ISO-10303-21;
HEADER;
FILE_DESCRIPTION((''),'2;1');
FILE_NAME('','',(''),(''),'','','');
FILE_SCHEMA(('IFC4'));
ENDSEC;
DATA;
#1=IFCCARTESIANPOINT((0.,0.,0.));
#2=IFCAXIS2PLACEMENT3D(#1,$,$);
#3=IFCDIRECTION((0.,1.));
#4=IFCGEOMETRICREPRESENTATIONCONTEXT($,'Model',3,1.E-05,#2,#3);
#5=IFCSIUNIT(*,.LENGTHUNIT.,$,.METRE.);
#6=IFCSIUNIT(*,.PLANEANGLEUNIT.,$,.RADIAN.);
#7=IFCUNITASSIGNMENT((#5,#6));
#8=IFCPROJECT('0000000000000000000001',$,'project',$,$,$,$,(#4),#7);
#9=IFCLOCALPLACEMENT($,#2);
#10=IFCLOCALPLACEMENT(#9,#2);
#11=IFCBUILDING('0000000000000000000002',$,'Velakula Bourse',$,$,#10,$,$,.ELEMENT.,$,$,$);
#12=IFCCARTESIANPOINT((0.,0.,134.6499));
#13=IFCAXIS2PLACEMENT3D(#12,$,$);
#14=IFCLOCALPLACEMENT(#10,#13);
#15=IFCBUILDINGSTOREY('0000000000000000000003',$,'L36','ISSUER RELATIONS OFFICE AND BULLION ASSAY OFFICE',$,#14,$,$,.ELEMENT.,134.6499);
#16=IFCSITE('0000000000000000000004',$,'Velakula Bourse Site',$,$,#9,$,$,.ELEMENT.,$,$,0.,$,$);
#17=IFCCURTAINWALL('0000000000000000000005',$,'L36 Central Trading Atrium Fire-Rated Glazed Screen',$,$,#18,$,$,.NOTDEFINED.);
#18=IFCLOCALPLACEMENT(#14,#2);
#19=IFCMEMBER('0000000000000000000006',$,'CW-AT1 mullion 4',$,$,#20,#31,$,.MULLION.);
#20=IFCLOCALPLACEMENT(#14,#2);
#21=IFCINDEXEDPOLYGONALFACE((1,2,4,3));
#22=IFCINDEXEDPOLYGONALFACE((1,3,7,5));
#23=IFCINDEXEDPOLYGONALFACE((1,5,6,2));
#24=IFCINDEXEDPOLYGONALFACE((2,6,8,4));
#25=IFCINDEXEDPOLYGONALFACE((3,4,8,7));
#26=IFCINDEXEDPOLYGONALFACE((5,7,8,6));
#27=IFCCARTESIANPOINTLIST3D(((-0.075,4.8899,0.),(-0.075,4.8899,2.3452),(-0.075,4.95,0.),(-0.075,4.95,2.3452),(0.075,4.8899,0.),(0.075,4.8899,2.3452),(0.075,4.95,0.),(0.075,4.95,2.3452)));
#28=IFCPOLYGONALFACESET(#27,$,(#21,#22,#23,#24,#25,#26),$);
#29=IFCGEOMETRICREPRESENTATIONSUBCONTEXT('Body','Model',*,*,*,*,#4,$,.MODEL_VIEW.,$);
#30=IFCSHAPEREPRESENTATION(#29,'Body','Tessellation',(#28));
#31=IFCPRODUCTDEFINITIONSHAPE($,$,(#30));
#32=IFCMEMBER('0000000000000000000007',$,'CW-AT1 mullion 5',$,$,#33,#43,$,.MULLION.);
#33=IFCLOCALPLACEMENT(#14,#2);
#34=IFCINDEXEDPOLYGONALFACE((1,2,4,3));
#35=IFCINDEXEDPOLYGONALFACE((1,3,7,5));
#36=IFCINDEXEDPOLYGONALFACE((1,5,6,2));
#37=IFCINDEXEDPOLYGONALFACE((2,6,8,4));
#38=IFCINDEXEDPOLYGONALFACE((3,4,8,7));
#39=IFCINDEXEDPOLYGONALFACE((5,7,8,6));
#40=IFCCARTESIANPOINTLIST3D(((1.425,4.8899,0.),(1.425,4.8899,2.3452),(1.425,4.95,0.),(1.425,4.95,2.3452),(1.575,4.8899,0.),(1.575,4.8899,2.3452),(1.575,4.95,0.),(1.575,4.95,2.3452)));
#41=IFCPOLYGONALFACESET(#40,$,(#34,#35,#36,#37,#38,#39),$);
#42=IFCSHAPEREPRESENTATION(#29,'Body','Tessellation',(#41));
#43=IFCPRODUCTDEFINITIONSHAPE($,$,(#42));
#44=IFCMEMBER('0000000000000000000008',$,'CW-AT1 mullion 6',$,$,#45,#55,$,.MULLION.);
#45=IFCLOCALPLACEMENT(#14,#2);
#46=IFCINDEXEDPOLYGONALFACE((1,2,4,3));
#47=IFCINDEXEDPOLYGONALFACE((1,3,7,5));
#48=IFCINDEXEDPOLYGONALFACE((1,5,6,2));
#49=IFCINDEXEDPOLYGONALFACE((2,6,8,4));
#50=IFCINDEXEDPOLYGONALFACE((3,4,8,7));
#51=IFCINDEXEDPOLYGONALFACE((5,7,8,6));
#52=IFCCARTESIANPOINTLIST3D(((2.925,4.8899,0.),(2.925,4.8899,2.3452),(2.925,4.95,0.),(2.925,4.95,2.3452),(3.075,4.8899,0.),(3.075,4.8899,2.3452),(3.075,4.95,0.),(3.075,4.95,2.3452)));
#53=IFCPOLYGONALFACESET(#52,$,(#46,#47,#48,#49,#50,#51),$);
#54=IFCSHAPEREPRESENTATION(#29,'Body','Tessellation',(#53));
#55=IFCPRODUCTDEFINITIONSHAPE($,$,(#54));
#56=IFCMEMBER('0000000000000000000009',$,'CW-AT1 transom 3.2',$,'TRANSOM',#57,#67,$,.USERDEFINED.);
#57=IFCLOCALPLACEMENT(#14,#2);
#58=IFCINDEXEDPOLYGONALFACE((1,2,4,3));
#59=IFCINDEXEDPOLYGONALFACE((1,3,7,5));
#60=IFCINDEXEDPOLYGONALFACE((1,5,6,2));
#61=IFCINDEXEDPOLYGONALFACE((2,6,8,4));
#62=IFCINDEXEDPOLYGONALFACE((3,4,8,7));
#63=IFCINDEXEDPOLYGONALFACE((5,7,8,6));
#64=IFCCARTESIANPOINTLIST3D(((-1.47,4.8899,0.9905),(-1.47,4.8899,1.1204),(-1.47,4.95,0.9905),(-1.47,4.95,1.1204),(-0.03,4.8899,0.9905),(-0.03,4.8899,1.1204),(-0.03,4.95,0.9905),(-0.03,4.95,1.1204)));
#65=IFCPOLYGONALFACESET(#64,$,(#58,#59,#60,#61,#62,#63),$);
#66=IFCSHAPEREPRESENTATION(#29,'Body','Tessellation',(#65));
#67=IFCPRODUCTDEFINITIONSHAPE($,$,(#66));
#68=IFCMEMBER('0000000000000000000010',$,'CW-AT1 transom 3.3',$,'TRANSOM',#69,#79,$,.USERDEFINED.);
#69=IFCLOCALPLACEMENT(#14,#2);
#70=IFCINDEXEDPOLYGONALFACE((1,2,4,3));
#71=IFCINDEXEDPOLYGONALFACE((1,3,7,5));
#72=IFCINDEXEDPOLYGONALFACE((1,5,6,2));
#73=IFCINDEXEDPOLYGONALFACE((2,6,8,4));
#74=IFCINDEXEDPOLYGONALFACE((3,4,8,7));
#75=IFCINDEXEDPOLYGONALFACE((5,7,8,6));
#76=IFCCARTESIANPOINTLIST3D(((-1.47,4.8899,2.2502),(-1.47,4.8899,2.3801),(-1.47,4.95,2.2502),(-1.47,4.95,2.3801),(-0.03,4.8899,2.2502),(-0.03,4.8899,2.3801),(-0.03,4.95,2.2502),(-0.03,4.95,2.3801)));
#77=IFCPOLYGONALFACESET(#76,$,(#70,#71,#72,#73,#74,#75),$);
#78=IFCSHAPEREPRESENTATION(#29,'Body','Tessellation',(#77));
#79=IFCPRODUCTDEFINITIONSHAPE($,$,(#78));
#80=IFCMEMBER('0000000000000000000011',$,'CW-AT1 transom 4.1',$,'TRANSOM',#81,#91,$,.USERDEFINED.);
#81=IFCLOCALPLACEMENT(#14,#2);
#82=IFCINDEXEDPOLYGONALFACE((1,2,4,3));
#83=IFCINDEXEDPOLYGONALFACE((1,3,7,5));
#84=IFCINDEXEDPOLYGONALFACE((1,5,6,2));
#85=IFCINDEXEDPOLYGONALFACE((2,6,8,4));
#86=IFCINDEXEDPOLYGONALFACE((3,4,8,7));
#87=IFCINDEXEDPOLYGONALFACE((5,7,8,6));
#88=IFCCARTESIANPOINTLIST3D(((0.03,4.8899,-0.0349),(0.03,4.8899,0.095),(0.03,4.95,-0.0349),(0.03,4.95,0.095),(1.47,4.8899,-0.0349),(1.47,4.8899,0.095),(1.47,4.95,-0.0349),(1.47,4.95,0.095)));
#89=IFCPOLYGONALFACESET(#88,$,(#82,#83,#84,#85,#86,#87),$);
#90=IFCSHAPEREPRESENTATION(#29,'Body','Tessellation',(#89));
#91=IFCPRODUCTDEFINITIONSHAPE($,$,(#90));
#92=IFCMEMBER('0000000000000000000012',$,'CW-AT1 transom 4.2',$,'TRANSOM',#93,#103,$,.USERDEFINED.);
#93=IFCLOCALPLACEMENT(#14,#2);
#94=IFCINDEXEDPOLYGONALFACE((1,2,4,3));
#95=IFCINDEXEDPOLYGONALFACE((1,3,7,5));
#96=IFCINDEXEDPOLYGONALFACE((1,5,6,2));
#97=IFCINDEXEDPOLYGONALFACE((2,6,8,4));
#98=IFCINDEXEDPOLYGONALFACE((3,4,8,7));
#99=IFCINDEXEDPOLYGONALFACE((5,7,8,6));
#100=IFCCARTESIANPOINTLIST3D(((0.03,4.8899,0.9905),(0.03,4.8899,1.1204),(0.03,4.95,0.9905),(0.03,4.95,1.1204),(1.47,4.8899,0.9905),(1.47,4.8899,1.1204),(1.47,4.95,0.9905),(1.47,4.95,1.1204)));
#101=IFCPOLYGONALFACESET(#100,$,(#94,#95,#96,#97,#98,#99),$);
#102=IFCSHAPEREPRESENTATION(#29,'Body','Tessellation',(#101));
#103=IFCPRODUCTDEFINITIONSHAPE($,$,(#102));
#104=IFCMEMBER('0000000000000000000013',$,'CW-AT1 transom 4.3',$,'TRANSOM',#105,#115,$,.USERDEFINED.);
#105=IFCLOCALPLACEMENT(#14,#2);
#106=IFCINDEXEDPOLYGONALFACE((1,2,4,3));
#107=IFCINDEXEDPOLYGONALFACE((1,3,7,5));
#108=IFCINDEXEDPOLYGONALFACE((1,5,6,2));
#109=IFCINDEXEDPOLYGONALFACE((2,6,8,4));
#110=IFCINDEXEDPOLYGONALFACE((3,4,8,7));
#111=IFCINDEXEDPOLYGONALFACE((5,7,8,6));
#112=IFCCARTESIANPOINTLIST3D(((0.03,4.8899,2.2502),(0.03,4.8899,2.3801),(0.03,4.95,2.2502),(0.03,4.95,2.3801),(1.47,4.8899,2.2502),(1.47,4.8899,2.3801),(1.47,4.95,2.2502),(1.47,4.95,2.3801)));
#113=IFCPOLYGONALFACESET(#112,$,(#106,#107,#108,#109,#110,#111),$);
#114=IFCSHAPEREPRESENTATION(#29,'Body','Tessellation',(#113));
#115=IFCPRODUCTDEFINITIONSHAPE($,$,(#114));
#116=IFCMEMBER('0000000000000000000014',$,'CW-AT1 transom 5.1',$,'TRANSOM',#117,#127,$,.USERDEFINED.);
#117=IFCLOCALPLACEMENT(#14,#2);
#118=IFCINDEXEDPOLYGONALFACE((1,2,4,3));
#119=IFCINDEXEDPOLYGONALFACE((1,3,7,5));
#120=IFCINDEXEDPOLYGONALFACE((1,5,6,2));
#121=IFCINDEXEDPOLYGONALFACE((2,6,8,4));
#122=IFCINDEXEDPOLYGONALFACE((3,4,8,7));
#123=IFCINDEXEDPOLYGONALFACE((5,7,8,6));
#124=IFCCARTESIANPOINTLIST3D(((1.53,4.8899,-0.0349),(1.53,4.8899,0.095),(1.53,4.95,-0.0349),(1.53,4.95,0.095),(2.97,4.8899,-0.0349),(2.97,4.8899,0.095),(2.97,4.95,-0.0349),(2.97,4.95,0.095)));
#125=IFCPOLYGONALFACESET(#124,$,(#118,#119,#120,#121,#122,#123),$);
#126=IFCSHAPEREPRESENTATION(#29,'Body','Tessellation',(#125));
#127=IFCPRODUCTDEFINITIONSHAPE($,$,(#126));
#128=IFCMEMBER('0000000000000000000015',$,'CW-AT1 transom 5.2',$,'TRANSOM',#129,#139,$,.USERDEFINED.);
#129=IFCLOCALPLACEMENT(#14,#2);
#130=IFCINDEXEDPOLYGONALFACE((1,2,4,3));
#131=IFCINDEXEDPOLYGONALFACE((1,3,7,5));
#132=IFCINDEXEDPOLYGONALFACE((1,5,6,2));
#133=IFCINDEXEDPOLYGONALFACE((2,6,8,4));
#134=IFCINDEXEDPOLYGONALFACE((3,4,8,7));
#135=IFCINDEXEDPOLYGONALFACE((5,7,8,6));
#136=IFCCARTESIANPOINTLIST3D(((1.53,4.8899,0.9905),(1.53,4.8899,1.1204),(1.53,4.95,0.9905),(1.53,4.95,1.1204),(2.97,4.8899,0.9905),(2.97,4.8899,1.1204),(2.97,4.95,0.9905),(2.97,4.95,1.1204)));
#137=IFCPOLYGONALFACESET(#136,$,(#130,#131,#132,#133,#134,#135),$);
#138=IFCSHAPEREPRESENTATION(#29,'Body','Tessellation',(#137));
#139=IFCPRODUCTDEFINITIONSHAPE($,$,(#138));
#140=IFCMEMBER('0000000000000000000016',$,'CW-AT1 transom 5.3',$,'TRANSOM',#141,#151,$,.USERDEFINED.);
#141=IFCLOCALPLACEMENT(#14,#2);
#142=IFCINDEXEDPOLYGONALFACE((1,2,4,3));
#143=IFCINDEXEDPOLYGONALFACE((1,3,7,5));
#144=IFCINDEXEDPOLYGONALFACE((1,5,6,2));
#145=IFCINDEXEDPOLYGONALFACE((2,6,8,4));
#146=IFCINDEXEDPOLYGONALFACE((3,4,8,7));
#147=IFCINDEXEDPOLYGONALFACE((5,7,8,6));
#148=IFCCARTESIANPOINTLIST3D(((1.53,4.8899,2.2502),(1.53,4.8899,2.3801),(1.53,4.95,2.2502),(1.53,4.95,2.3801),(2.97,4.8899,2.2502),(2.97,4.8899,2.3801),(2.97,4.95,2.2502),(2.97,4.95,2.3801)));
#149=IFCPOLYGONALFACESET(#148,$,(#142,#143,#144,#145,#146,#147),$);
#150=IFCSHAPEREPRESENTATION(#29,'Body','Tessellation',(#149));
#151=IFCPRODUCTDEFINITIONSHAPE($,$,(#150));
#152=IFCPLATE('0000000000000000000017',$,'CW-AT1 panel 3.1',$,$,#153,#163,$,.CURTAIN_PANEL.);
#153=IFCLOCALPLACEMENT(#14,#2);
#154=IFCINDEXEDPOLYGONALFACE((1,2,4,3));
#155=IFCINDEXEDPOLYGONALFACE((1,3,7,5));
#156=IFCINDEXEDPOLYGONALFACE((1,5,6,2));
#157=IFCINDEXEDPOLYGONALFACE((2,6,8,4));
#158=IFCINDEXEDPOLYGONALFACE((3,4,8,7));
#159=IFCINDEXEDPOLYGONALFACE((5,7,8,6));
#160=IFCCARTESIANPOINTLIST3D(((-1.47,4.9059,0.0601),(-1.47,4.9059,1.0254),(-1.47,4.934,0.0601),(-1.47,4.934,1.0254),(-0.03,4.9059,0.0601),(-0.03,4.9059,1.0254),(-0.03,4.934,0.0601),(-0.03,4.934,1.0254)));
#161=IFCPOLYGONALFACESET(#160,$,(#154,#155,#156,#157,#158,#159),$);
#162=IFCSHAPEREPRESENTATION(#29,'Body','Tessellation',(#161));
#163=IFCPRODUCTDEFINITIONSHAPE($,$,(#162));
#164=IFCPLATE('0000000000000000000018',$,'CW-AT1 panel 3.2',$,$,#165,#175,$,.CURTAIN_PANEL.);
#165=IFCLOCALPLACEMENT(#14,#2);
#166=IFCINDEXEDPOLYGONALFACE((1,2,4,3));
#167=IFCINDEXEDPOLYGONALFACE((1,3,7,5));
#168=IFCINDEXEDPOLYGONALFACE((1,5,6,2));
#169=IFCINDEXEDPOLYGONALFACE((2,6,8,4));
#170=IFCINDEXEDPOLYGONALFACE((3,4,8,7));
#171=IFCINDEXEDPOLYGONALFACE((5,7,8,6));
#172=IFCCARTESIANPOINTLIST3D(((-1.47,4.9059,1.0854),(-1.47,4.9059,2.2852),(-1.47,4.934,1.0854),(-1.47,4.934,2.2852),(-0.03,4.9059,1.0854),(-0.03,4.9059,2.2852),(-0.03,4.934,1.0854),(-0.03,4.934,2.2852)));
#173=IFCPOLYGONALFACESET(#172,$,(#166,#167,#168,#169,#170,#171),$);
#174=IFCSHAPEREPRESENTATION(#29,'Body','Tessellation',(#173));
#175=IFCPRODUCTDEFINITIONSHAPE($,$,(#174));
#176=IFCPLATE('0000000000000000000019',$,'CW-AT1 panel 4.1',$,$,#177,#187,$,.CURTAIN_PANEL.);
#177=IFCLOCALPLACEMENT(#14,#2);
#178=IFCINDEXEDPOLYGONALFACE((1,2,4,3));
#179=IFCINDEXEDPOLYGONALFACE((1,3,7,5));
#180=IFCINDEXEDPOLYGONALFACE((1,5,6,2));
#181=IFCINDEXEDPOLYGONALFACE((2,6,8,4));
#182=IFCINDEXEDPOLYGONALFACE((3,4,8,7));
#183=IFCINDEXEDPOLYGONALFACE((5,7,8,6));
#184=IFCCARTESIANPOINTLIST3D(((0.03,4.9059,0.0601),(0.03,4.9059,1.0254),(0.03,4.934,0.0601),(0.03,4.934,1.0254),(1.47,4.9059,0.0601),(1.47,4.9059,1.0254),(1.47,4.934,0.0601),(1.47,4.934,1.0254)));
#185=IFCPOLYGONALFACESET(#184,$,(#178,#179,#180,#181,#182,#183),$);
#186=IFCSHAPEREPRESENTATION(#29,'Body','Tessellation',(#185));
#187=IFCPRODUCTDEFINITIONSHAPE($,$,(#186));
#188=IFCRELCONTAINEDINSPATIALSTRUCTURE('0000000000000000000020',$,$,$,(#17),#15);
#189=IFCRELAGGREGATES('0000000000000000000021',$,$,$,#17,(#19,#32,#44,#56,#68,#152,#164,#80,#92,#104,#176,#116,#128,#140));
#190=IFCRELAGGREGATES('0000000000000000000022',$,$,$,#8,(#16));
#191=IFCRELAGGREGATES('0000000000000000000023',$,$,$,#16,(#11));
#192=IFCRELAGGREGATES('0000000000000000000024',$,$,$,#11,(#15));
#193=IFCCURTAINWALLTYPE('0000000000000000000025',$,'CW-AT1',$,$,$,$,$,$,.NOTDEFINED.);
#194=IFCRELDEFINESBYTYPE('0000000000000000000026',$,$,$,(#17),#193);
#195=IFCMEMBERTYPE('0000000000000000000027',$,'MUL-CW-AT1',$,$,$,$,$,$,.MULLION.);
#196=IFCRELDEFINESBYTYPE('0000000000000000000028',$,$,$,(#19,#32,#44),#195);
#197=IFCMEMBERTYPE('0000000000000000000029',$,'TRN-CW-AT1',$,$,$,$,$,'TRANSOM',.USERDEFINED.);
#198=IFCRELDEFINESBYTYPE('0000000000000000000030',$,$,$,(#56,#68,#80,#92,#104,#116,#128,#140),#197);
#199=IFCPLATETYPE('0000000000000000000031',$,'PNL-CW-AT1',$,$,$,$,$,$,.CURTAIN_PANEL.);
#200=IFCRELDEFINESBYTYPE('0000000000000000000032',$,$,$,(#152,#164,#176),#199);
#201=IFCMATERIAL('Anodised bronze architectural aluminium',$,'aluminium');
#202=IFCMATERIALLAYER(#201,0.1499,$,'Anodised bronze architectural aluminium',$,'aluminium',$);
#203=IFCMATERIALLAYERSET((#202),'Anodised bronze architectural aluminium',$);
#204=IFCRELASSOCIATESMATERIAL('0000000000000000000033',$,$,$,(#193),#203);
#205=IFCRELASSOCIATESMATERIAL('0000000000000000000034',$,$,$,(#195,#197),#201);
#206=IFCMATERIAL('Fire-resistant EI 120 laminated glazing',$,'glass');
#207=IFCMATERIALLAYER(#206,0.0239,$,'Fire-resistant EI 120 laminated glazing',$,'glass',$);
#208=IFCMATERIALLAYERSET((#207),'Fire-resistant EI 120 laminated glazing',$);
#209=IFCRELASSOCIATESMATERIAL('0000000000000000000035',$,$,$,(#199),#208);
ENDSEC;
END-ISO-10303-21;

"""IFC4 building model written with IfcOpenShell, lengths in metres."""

from ifc_helpers import new_model, si_unit, direction, frame, origin, origin_2d, place, context, subcontext, project, spatial, rectangle, extrude, material, layer, layer_set, material_profile, profile_set, type_object, element, aggregate, save


model = new_model("IFC4")

# Units and contexts
model_context = context("Model", 3, precision=1e-05, world=origin(), true_north=direction((0.0, 1.0)))
body_context = subcontext(model_context, "Body", "Model", "MODEL_VIEW")
ifc_project = project(units=[si_unit("LENGTHUNIT", "METRE"), si_unit("PLANEANGLEUNIT", "RADIAN")], contexts=[model_context])

# Site, building, storey
site_placement = place(None, origin())
site = spatial("IfcSite", under=ifc_project, at=site_placement, Name="Velakula Bourse Site", CompositionType="ELEMENT", RefElevation=0.0)
building_placement = place(site_placement, origin())
building = spatial("IfcBuilding", under=site, at=building_placement, Name="Velakula Bourse", CompositionType="ELEMENT")
storey_placement = place(building_placement, frame((0.0, 0.0, 134.6499)))
storey = spatial("IfcBuildingStorey", under=building, at=storey_placement, Name="L36", Description="ISSUER RELATIONS OFFICE AND BULLION ASSAY OFFICE", CompositionType="ELEMENT", Elevation=134.6499)

# Curtain wall, members, plates
ifc_material_1 = material(Name="Anodised bronze architectural aluminium", Category="aluminium")
ifc_layer_1 = layer(ifc_material_1, 0.1499, Name="Anodised bronze architectural aluminium", Category="aluminium")
ifc_layer_set_1 = layer_set([ifc_layer_1], Name="Anodised bronze architectural aluminium")
curtain_wall_type = type_object("IfcCurtainWallType", Name="CW-AT1", PredefinedType="NOTDEFINED", material=ifc_layer_set_1)
curtain_wall_placement = place(storey_placement, origin())
curtain_wall = element("IfcCurtainWall", 1, at=curtain_wall_placement, inside=storey, type_object=curtain_wall_type, Name="L36 Central Trading Atrium Fire-Rated Glazed Screen", PredefinedType="NOTDEFINED")
ifc_material_profile_1 = material_profile(ifc_material_1, rectangle(XDim=0.0601, YDim=0.1499, at=origin_2d()), Name="Anodised bronze architectural aluminium")
ifc_profile_set_1 = profile_set([ifc_material_profile_1], Name="Anodised bronze architectural aluminium")
member_type_1 = type_object("IfcMemberType", Name="MUL-CW-AT1", PredefinedType="MULLION", material=ifc_profile_set_1)
member_1_placement = place(storey_placement, frame((0.0, 4.9199, 0.0), z_axis=(0.0, 0.0, 1.0), x_axis=(0.0, 1.0, 0.0)))
member_1 = element("IfcMember", 2, at=member_1_placement, type_object=member_type_1, Name="CW-AT1 mullion 4", PredefinedType="MULLION", context=body_context, shape_type="SweptSolid", body=[
    extrude(rectangle(XDim=0.0601, YDim=0.1499, at=origin_2d()), origin(), (0.0, 0.0, 1.0), 2.3452),
])
member_2_placement = place(storey_placement, frame((1.5, 4.9199, 0.0), z_axis=(0.0, 0.0, 1.0), x_axis=(0.0, 1.0, 0.0)))
member_2 = element("IfcMember", 3, at=member_2_placement, type_object=member_type_1, Name="CW-AT1 mullion 5", PredefinedType="MULLION", context=body_context, shape_type="SweptSolid", body=[
    extrude(rectangle(XDim=0.0601, YDim=0.1499, at=origin_2d()), origin(), (0.0, 0.0, 1.0), 2.3452),
])
member_3_placement = place(storey_placement, frame((3.0, 4.9199, 0.0), z_axis=(0.0, 0.0, 1.0), x_axis=(0.0, 1.0, 0.0)))
member_3 = element("IfcMember", 4, at=member_3_placement, type_object=member_type_1, Name="CW-AT1 mullion 6", PredefinedType="MULLION", context=body_context, shape_type="SweptSolid", body=[
    extrude(rectangle(XDim=0.0601, YDim=0.1499, at=origin_2d()), origin(), (0.0, 0.0, 1.0), 2.3452),
])
ifc_material_profile_2 = material_profile(ifc_material_1, rectangle(XDim=0.0601, YDim=0.1299, at=origin_2d()), Name="Anodised bronze architectural aluminium")
ifc_profile_set_2 = profile_set([ifc_material_profile_2], Name="Anodised bronze architectural aluminium")
member_type_2 = type_object("IfcMemberType", Name="TRN-CW-AT1", ElementType="TRANSOM", PredefinedType="USERDEFINED", material=ifc_profile_set_2)
member_4_placement = place(storey_placement, frame((-1.47, 4.9199, 1.0554), z_axis=(1.0, 0.0, 0.0), x_axis=(0.0, 1.0, 0.0)))
member_4 = element("IfcMember", 5, at=member_4_placement, type_object=member_type_2, Name="CW-AT1 transom 3.2", ObjectType="TRANSOM", PredefinedType="USERDEFINED", context=body_context, shape_type="SweptSolid", body=[
    extrude(rectangle(XDim=0.0601, YDim=0.1299, at=origin_2d()), origin(), (0.0, 0.0, 1.0), 1.4399),
])
member_5_placement = place(storey_placement, frame((-1.47, 4.9199, 2.3152), z_axis=(1.0, 0.0, 0.0), x_axis=(0.0, 1.0, 0.0)))
member_5 = element("IfcMember", 6, at=member_5_placement, type_object=member_type_2, Name="CW-AT1 transom 3.3", ObjectType="TRANSOM", PredefinedType="USERDEFINED", context=body_context, shape_type="SweptSolid", body=[
    extrude(rectangle(XDim=0.0601, YDim=0.1299, at=origin_2d()), origin(), (0.0, 0.0, 1.0), 1.4399),
])
member_6_placement = place(storey_placement, frame((0.03, 4.9199, 0.03), z_axis=(1.0, 0.0, 0.0), x_axis=(0.0, 1.0, 0.0)))
member_6 = element("IfcMember", 7, at=member_6_placement, type_object=member_type_2, Name="CW-AT1 transom 4.1", ObjectType="TRANSOM", PredefinedType="USERDEFINED", context=body_context, shape_type="SweptSolid", body=[
    extrude(rectangle(XDim=0.0601, YDim=0.1299, at=origin_2d()), origin(), (0.0, 0.0, 1.0), 1.4399),
])
member_7_placement = place(storey_placement, frame((0.03, 4.9199, 1.0554), z_axis=(1.0, 0.0, 0.0), x_axis=(0.0, 1.0, 0.0)))
member_7 = element("IfcMember", 8, at=member_7_placement, type_object=member_type_2, Name="CW-AT1 transom 4.2", ObjectType="TRANSOM", PredefinedType="USERDEFINED", context=body_context, shape_type="SweptSolid", body=[
    extrude(rectangle(XDim=0.0601, YDim=0.1299, at=origin_2d()), origin(), (0.0, 0.0, 1.0), 1.4399),
])
member_8_placement = place(storey_placement, frame((0.03, 4.9199, 2.3152), z_axis=(1.0, 0.0, 0.0), x_axis=(0.0, 1.0, 0.0)))
member_8 = element("IfcMember", 9, at=member_8_placement, type_object=member_type_2, Name="CW-AT1 transom 4.3", ObjectType="TRANSOM", PredefinedType="USERDEFINED", context=body_context, shape_type="SweptSolid", body=[
    extrude(rectangle(XDim=0.0601, YDim=0.1299, at=origin_2d()), origin(), (0.0, 0.0, 1.0), 1.4399),
])
member_9_placement = place(storey_placement, frame((1.53, 4.9199, 0.03), z_axis=(1.0, 0.0, 0.0), x_axis=(0.0, 1.0, 0.0)))
member_9 = element("IfcMember", 10, at=member_9_placement, type_object=member_type_2, Name="CW-AT1 transom 5.1", ObjectType="TRANSOM", PredefinedType="USERDEFINED", context=body_context, shape_type="SweptSolid", body=[
    extrude(rectangle(XDim=0.0601, YDim=0.1299, at=origin_2d()), origin(), (0.0, 0.0, 1.0), 1.4399),
])
member_10_placement = place(storey_placement, frame((1.53, 4.9199, 1.0554), z_axis=(1.0, 0.0, 0.0), x_axis=(0.0, 1.0, 0.0)))
member_10 = element("IfcMember", 11, at=member_10_placement, type_object=member_type_2, Name="CW-AT1 transom 5.2", ObjectType="TRANSOM", PredefinedType="USERDEFINED", context=body_context, shape_type="SweptSolid", body=[
    extrude(rectangle(XDim=0.0601, YDim=0.1299, at=origin_2d()), origin(), (0.0, 0.0, 1.0), 1.4399),
])
member_11_placement = place(storey_placement, frame((1.53, 4.9199, 2.3152), z_axis=(1.0, 0.0, 0.0), x_axis=(0.0, 1.0, 0.0)))
member_11 = element("IfcMember", 12, at=member_11_placement, type_object=member_type_2, Name="CW-AT1 transom 5.3", ObjectType="TRANSOM", PredefinedType="USERDEFINED", context=body_context, shape_type="SweptSolid", body=[
    extrude(rectangle(XDim=0.0601, YDim=0.1299, at=origin_2d()), origin(), (0.0, 0.0, 1.0), 1.4399),
])
ifc_material_2 = material(Name="Fire-resistant EI 120 laminated glazing", Category="glass")
ifc_layer_2 = layer(ifc_material_2, 0.0239, Name="Fire-resistant EI 120 laminated glazing", Category="glass")
ifc_layer_set_2 = layer_set([ifc_layer_2], Name="Fire-resistant EI 120 laminated glazing")
plate_type = type_object("IfcPlateType", Name="PNL-CW-AT1", PredefinedType="CURTAIN_PANEL", material=ifc_layer_set_2)
plate_1_placement = place(storey_placement, frame((-0.75, 4.9199, 0.0601), z_axis=(0.0, 0.0, 1.0), x_axis=(1.0, 0.0, 0.0)))
plate_1 = element("IfcPlate", 13, at=plate_1_placement, type_object=plate_type, Name="CW-AT1 panel 3.1", PredefinedType="CURTAIN_PANEL", context=body_context, shape_type="SweptSolid", body=[
    extrude(rectangle(XDim=1.4399, YDim=0.0281, at=origin_2d()), origin(), (0.0, 0.0, 1.0), 0.9653),
])
plate_2_placement = place(storey_placement, frame((-0.75, 4.9199, 1.0854), z_axis=(0.0, 0.0, 1.0), x_axis=(1.0, 0.0, 0.0)))
plate_2 = element("IfcPlate", 14, at=plate_2_placement, type_object=plate_type, Name="CW-AT1 panel 3.2", PredefinedType="CURTAIN_PANEL", context=body_context, shape_type="SweptSolid", body=[
    extrude(rectangle(XDim=1.4399, YDim=0.0281, at=origin_2d()), origin(), (0.0, 0.0, 1.0), 1.1997),
])
plate_3_placement = place(storey_placement, frame((0.75, 4.9199, 0.0601), z_axis=(0.0, 0.0, 1.0), x_axis=(1.0, 0.0, 0.0)))
plate_3 = element("IfcPlate", 15, at=plate_3_placement, type_object=plate_type, Name="CW-AT1 panel 4.1", PredefinedType="CURTAIN_PANEL", context=body_context, shape_type="SweptSolid", body=[
    extrude(rectangle(XDim=1.4399, YDim=0.0281, at=origin_2d()), origin(), (0.0, 0.0, 1.0), 0.9653),
])
aggregate(curtain_wall, [member_1, member_2, member_3, member_4, member_5, plate_1, plate_2, member_6, member_7, member_8, plate_3, member_9, member_10, member_11])

save(model, "model.ifc")
